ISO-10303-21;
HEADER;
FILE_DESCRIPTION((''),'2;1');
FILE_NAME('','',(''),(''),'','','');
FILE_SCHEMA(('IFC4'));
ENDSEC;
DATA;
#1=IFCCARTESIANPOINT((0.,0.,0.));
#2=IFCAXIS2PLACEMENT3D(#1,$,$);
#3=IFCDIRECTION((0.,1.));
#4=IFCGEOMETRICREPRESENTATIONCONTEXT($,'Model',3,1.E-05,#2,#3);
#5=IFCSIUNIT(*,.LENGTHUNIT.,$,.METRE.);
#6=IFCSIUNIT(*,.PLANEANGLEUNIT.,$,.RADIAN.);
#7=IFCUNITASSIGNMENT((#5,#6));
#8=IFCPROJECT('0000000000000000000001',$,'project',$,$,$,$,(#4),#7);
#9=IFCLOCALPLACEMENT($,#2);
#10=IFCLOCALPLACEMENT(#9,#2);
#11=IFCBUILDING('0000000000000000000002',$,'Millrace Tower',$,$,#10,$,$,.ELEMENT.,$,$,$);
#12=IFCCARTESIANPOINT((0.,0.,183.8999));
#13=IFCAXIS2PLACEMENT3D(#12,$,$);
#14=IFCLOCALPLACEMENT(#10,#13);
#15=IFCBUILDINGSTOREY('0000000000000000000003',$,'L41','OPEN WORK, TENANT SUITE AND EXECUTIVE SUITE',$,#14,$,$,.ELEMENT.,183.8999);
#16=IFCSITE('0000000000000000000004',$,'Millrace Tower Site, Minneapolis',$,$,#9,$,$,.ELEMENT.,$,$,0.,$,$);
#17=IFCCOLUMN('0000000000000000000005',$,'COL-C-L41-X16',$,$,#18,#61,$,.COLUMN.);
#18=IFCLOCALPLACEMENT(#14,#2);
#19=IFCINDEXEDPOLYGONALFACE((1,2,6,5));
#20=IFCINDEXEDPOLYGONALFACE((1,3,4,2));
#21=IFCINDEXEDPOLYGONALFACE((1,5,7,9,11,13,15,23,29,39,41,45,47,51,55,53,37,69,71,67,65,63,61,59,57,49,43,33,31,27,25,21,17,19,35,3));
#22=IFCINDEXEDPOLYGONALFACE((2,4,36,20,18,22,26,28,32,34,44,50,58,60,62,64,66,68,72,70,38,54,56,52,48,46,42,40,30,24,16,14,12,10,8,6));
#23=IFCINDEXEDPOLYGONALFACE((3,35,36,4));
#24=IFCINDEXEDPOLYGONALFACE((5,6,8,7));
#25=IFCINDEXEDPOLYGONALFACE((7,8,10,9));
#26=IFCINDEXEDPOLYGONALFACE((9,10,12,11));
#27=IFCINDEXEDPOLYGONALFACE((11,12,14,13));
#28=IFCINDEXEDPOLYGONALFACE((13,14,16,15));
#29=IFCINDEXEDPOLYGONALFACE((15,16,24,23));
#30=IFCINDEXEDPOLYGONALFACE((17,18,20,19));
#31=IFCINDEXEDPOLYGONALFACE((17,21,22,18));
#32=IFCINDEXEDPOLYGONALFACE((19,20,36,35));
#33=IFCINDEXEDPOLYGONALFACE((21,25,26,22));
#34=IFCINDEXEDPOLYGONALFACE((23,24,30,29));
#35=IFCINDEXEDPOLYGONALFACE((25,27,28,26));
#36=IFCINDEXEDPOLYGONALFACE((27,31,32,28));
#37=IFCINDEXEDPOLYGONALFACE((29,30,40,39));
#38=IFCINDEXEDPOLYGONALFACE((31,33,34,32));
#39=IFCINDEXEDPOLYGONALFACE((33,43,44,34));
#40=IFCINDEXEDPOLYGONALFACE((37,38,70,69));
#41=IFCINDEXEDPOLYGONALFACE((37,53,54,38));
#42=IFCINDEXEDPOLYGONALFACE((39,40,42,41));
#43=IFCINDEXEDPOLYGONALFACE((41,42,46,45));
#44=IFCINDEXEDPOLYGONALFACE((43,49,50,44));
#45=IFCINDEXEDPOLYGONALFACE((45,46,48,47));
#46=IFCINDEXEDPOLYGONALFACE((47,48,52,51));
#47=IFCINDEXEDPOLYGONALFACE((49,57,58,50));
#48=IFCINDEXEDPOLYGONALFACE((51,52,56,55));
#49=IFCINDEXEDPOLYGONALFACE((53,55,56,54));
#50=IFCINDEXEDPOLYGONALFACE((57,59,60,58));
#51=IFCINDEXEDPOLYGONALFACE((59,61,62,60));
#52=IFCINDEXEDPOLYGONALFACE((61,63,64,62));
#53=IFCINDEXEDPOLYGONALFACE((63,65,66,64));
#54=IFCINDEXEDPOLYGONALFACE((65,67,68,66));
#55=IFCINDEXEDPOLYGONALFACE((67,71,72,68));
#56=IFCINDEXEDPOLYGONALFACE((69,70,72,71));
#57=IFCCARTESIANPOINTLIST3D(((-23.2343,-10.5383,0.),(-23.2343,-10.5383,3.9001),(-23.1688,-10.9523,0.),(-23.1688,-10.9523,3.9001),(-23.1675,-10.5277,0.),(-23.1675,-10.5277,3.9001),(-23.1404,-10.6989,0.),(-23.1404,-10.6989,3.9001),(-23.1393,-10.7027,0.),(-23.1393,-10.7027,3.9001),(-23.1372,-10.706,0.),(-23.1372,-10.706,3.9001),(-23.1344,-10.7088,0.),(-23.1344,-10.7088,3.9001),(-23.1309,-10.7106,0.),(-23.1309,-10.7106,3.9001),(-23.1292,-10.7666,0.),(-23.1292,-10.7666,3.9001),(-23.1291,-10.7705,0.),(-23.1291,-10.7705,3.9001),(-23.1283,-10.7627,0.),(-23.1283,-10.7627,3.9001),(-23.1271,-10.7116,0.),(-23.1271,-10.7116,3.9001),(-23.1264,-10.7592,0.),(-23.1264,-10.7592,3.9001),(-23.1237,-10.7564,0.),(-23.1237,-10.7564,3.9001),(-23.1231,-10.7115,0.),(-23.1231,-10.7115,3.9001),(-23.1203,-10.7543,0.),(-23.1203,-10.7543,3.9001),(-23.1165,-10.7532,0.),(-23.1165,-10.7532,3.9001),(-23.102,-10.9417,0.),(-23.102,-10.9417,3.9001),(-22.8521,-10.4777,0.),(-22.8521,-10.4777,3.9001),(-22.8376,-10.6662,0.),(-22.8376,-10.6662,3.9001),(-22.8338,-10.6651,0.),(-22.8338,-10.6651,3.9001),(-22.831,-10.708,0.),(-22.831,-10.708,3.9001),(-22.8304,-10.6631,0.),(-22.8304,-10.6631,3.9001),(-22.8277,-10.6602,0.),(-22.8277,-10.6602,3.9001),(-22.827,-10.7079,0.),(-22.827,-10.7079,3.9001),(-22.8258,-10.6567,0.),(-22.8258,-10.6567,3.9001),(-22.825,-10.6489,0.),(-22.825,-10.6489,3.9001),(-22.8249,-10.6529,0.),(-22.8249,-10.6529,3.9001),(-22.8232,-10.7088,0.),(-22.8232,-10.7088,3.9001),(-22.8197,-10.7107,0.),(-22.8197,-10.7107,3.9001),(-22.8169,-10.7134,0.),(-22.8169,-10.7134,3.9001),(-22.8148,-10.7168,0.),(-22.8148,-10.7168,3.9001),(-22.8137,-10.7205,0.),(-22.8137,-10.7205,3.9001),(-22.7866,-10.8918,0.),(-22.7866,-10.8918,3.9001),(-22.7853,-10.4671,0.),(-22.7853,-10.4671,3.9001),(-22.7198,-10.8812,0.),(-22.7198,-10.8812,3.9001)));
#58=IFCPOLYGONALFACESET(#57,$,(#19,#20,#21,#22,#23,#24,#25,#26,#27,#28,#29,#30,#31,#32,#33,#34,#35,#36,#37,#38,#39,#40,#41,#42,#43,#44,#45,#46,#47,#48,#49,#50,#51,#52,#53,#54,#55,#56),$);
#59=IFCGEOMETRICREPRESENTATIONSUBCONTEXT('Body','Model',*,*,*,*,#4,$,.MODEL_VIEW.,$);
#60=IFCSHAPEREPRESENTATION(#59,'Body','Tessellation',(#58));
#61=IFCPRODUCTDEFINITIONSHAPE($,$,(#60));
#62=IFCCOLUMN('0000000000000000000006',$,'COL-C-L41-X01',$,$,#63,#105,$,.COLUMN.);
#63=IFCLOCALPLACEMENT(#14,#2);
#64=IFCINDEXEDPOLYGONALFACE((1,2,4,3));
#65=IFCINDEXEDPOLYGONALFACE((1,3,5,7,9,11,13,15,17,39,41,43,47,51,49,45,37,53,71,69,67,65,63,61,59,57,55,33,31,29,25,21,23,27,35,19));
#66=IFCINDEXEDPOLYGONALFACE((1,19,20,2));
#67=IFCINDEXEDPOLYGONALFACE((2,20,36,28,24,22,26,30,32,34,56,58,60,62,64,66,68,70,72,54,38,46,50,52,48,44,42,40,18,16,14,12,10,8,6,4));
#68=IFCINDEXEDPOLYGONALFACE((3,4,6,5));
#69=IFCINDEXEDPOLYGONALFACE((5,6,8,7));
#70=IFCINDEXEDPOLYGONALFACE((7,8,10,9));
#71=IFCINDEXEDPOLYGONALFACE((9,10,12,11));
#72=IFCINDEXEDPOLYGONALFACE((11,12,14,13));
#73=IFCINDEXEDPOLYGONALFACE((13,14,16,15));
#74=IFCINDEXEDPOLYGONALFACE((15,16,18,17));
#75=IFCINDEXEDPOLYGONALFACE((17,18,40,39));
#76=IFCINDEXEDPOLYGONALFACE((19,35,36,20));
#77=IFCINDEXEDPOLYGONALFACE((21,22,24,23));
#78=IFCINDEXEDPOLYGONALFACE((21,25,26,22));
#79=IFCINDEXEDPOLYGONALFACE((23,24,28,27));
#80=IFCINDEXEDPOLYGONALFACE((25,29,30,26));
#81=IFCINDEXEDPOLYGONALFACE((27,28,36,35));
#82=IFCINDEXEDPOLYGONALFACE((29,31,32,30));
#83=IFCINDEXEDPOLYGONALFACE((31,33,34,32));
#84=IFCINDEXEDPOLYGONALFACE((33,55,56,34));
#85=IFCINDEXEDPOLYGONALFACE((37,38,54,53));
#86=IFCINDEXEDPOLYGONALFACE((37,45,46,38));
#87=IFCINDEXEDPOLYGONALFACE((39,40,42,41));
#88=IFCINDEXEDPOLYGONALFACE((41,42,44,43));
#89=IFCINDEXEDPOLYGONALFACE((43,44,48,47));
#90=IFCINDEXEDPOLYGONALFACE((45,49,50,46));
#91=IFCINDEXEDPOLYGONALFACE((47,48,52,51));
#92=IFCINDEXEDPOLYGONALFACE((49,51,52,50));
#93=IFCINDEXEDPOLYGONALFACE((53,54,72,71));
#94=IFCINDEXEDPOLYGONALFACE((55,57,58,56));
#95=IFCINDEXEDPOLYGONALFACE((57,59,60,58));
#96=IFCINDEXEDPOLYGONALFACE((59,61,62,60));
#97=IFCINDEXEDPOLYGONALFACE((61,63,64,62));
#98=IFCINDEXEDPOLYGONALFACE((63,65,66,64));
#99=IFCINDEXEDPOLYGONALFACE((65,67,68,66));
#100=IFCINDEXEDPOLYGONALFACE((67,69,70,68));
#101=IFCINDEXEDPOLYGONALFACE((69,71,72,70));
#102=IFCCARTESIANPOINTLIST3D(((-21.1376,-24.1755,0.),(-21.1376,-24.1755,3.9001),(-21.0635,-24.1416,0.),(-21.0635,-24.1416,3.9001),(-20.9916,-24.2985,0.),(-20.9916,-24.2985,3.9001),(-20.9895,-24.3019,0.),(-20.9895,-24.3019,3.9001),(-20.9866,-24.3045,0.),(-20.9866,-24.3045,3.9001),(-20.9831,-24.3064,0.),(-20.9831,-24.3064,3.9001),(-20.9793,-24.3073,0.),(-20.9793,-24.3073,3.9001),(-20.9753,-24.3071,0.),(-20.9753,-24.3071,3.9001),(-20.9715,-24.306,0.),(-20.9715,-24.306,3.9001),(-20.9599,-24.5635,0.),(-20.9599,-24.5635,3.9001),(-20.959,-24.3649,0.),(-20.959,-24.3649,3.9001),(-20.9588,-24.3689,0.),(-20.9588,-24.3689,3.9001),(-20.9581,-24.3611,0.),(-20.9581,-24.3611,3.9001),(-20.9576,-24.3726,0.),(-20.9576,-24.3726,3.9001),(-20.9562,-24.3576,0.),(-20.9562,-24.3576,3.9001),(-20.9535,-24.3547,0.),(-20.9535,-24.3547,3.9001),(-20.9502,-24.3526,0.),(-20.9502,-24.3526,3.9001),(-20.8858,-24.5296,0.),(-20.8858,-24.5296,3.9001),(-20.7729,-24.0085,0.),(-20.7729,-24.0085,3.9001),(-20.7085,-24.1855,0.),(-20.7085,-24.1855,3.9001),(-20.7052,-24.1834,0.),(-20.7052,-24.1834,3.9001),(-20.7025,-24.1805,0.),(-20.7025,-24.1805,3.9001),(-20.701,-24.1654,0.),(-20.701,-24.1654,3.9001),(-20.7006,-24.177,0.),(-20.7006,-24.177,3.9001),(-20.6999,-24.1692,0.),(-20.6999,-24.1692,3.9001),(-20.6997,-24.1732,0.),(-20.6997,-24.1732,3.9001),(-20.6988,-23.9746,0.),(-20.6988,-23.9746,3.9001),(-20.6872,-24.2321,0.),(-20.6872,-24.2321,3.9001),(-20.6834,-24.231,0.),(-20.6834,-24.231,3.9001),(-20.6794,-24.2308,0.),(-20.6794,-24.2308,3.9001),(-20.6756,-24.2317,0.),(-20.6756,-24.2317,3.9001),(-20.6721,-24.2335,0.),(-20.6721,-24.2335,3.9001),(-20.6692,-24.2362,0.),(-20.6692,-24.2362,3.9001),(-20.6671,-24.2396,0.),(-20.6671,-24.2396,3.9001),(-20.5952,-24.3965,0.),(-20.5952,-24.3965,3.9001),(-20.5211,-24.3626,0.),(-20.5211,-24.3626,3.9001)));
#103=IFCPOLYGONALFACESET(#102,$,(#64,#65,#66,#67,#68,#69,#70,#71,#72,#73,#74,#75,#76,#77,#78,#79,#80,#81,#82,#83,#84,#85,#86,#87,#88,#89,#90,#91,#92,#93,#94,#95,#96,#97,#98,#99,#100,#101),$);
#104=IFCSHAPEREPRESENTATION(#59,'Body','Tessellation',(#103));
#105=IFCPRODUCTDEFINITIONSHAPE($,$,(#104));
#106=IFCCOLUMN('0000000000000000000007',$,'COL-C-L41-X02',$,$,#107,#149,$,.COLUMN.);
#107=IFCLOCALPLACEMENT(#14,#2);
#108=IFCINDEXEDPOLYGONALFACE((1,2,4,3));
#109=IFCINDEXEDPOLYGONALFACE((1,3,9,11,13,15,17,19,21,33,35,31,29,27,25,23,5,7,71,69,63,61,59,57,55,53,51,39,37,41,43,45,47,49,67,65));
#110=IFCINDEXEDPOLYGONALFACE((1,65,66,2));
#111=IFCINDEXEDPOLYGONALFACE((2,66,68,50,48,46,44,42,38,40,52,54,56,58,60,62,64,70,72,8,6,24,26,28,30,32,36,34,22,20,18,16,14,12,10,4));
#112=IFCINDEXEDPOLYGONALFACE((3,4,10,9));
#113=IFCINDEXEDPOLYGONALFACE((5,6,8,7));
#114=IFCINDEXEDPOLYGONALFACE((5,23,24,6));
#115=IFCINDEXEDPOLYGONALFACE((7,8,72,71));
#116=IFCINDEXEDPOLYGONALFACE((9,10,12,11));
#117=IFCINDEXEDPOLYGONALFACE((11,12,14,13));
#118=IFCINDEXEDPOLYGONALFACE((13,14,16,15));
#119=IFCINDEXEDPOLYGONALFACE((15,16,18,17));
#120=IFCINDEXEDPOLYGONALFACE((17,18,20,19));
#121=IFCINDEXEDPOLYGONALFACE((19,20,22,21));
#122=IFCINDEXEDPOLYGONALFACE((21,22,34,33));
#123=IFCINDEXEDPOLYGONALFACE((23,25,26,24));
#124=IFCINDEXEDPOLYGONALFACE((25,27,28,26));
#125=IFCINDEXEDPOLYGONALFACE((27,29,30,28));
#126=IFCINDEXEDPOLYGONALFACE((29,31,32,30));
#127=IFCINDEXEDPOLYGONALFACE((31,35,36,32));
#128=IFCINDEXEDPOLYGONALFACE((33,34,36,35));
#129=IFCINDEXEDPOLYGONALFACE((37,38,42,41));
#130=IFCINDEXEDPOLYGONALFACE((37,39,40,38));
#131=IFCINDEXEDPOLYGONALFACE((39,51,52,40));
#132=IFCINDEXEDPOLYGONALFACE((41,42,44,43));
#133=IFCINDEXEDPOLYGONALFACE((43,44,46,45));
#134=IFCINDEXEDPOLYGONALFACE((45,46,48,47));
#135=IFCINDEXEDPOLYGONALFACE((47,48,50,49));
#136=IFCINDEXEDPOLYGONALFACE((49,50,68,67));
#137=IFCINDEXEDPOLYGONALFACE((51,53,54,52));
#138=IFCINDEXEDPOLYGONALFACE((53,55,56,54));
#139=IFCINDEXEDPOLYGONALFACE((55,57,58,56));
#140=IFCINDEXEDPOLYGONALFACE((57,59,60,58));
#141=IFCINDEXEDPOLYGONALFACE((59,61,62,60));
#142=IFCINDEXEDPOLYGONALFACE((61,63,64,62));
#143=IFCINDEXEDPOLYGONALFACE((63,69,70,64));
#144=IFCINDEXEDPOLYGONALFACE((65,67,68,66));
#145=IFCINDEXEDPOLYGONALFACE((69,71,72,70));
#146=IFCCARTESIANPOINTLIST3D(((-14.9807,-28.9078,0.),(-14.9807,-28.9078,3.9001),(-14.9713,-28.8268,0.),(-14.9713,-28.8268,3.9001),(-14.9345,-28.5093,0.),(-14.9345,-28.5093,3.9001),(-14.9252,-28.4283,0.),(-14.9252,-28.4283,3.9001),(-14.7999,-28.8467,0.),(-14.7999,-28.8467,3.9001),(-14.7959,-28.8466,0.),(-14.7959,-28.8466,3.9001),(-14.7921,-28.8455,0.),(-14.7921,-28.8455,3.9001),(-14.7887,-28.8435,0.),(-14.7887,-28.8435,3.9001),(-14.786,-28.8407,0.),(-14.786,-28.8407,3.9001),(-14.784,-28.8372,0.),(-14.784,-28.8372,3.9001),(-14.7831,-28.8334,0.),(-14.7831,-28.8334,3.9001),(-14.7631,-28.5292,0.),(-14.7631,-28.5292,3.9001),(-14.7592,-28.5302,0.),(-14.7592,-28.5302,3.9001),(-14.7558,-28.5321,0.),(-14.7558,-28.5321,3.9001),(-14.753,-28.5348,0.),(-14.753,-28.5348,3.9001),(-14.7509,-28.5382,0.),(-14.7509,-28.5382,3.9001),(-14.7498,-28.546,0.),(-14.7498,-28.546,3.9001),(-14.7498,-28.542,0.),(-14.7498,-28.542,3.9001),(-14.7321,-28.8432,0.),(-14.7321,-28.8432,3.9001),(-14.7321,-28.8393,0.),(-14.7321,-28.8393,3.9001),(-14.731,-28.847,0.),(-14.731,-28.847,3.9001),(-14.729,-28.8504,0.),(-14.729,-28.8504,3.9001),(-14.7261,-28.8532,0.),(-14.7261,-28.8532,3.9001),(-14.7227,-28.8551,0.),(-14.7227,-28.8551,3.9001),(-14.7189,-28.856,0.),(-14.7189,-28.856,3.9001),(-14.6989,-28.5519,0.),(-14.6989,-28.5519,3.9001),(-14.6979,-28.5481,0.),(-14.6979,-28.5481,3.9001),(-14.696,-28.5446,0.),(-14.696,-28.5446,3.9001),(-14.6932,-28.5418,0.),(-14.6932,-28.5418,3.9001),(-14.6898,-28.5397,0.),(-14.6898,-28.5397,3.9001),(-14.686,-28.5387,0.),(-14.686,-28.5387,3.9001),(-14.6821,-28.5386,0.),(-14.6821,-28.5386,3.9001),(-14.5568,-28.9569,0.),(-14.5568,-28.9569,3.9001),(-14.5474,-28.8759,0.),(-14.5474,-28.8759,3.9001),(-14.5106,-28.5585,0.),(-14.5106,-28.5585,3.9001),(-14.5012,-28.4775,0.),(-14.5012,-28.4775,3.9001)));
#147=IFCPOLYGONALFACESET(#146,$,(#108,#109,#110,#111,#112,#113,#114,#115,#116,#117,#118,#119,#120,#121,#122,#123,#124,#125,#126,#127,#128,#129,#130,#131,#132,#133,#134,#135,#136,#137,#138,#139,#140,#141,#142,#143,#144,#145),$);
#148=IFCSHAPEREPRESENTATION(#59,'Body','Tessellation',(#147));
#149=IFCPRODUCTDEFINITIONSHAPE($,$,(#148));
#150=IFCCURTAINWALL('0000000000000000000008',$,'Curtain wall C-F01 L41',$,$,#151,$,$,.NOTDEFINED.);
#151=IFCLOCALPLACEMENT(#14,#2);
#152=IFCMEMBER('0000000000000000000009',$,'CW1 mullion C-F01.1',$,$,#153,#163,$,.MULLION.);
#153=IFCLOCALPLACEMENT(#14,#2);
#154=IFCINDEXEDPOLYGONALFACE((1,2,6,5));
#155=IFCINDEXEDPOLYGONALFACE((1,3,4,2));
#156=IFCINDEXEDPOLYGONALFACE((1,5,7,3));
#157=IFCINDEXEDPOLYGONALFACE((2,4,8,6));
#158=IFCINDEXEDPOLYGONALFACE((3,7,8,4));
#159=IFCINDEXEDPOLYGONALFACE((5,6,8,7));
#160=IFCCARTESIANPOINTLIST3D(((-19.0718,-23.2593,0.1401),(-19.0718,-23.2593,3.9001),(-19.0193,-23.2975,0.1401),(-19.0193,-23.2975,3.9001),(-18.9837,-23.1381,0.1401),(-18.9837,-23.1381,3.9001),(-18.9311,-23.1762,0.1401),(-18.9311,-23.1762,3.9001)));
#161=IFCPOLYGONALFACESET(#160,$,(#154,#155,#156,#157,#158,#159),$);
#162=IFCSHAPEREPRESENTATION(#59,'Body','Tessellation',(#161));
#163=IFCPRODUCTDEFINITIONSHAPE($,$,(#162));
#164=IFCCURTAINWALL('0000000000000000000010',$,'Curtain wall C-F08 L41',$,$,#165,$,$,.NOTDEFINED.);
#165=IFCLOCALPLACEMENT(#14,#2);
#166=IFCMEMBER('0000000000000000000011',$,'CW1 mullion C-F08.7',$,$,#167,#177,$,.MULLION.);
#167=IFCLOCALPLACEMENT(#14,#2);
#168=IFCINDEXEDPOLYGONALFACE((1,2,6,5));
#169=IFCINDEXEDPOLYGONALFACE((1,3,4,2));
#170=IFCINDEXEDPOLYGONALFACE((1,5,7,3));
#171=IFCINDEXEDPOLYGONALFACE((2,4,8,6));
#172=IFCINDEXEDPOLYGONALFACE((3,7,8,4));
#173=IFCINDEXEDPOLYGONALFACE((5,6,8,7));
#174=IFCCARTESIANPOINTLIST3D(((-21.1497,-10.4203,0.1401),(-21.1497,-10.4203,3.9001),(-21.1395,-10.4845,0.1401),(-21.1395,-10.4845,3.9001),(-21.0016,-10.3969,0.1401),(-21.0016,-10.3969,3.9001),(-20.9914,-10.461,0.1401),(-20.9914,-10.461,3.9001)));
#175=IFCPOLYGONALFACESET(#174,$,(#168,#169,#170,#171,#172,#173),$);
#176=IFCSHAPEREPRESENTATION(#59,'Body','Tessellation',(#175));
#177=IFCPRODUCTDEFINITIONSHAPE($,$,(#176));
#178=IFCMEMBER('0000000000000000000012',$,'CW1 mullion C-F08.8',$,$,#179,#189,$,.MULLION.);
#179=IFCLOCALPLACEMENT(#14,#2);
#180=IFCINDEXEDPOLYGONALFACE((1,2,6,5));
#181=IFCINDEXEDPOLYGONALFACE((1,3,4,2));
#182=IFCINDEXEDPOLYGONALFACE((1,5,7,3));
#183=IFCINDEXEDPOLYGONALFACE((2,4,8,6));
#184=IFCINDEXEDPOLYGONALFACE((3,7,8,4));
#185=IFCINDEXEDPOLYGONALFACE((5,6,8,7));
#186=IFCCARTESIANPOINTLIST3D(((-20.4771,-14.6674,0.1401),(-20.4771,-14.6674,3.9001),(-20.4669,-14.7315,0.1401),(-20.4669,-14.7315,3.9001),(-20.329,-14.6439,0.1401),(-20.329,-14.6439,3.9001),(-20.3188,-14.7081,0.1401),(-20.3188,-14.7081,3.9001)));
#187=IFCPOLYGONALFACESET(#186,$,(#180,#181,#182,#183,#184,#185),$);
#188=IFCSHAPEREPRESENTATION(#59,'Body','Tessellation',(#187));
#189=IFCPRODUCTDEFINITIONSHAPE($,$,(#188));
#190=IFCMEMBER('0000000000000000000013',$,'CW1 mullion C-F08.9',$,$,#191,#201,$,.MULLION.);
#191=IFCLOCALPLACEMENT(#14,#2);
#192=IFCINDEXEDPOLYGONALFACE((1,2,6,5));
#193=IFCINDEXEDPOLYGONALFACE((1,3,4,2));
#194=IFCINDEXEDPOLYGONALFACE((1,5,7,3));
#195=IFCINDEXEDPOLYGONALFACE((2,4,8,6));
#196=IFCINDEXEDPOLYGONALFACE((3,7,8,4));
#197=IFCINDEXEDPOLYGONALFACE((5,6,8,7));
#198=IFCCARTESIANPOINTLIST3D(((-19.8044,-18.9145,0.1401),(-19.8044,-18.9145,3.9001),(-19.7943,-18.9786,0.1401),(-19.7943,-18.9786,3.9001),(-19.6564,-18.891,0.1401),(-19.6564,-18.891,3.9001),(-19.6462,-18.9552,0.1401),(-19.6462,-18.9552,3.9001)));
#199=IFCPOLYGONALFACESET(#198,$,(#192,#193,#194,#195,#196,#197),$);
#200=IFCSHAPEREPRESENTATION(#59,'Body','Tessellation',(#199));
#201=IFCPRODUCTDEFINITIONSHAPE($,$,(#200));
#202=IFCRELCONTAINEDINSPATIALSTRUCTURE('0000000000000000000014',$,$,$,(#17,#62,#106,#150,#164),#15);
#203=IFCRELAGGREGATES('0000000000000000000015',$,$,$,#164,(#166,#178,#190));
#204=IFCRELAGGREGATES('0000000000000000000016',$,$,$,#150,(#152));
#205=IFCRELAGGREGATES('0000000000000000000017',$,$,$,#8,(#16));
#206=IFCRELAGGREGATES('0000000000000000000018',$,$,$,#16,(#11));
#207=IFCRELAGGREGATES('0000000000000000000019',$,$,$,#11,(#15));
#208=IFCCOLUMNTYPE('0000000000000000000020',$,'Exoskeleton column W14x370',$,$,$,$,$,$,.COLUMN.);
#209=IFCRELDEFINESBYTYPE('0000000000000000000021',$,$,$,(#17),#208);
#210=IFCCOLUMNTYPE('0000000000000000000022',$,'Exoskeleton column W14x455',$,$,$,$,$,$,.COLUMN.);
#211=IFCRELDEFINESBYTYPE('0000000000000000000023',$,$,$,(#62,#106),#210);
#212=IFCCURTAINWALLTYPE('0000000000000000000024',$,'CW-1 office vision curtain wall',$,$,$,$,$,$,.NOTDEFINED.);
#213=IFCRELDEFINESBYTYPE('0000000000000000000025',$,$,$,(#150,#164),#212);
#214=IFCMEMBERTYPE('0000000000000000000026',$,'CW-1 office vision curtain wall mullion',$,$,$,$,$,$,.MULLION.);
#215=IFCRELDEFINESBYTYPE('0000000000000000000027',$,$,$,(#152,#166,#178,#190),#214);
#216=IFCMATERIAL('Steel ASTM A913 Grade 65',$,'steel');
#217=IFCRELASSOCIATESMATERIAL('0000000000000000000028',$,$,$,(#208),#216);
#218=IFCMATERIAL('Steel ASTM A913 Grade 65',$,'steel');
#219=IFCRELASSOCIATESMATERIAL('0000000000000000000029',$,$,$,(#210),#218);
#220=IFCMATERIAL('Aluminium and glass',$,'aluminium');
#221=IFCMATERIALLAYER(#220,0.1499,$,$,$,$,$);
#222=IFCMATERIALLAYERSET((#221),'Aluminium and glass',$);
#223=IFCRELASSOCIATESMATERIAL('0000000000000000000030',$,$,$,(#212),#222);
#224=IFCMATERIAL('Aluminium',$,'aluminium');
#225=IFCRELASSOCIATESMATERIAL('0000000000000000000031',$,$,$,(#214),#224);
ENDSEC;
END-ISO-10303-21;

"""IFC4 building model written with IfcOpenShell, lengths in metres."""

from ifc_helpers import new_model, si_unit, direction, frame, origin, origin_2d, place, context, subcontext, project, spatial, rectangle, i_section, extrude, material, layer, layer_set, material_profile, profile_set, type_object, element, aggregate, save


model = new_model("IFC4")

# Units and contexts
model_context = context("Model", 3, precision=1e-05, world=origin(), true_north=direction((0.0, 1.0)))
body_context = subcontext(model_context, "Body", "Model", "MODEL_VIEW")
ifc_project = project(units=[si_unit("LENGTHUNIT", "METRE"), si_unit("PLANEANGLEUNIT", "RADIAN")], contexts=[model_context])

# Site, building, storey
site_placement = place(None, origin())
site = spatial("IfcSite", under=ifc_project, at=site_placement, Name="Millrace Tower Site, Minneapolis", CompositionType="ELEMENT", RefElevation=0.0)
building_placement = place(site_placement, origin())
building = spatial("IfcBuilding", under=site, at=building_placement, Name="Millrace Tower", CompositionType="ELEMENT")
storey_placement = place(building_placement, frame((0.0, 0.0, 183.8999)))
storey = spatial("IfcBuildingStorey", under=building, at=storey_placement, Name="L41", Description="OPEN WORK, TENANT SUITE AND EXECUTIVE SUITE", CompositionType="ELEMENT", Elevation=183.8999)

# Columns
ifc_material_1 = material(Name="Steel ASTM A913 Grade 65", Category="steel")
ifc_material_profile_1 = material_profile(ifc_material_1, i_section(OverallWidth=0.4192, OverallDepth=0.4546, WebThickness=0.0422, FlangeThickness=0.0676, FilletRadius=0.0151, at=origin_2d()))
ifc_profile_set_1 = profile_set([ifc_material_profile_1], Name="Steel ASTM A913 Grade 65")
column_type_1 = type_object("IfcColumnType", Name="Exoskeleton column W14x370", PredefinedType="COLUMN", material=ifc_profile_set_1)
column_placement = place(storey_placement, frame((-22.9771, -10.7097, 0.0), z_axis=(0.0, 0.0, 1.0), x_axis=(0.156434, -0.987688, 0.0)))
element("IfcColumn", 1, at=column_placement, inside=storey, type_object=column_type_1, Name="COL-C-L41-X16", PredefinedType="COLUMN", context=body_context, shape_type="SweptSolid", body=[
    extrude(i_section(OverallWidth=0.4192, OverallDepth=0.4546, WebThickness=0.0422, FlangeThickness=0.0676, FilletRadius=0.0151, at=origin_2d()), origin(), (0.0, 0.0, 1.0), 3.9001),
])
ifc_material_2 = material(Name="Steel ASTM A913 Grade 65", Category="steel")
ifc_material_profile_2 = material_profile(ifc_material_2, i_section(OverallWidth=0.4268, OverallDepth=0.4827, WebThickness=0.0513, FlangeThickness=0.0815, FilletRadius=0.0151, at=origin_2d()))
ifc_profile_set_2 = profile_set([ifc_material_profile_2], Name="Steel ASTM A913 Grade 65")
column_type_2 = type_object("IfcColumnType", Name="Exoskeleton column W14x455", PredefinedType="COLUMN", material=ifc_profile_set_2)
for number, where, z_axis, x_axis, name in (
    (2, (-20.8293, -24.269, 0.0), (0.0, 0.0, 1.0), (0.416401, -0.909181, 0.0), "COL-C-L41-X01"),
    (3, (-14.741, -28.6926, 0.0), (0.0, 0.0, 1.0), (0.993358, -0.115069, 0.0), "COL-C-L41-X02"),
):
    element("IfcColumn", number, at=place(storey_placement, frame(where, z_axis=z_axis, x_axis=x_axis)), inside=storey, type_object=column_type_2, Name=name, PredefinedType="COLUMN", context=body_context, shape_type="SweptSolid", body=[
        extrude(i_section(OverallWidth=0.4268, OverallDepth=0.4827, WebThickness=0.0513, FlangeThickness=0.0815, FilletRadius=0.0151, at=origin_2d()), origin(), (0.0, 0.0, 1.0), 3.9001),
    ])

# Curtain wall, member
ifc_material_3 = material(Name="Aluminium and glass", Category="aluminium")
ifc_layer_1 = layer(ifc_material_3, 0.1499)
ifc_layer_set_1 = layer_set([ifc_layer_1], Name="Aluminium and glass")
curtain_wall_type = type_object("IfcCurtainWallType", Name="CW-1 office vision curtain wall", PredefinedType="NOTDEFINED", material=ifc_layer_set_1)
placement = place(storey_placement, origin())
curtain_wall_1 = element("IfcCurtainWall", 4, at=placement, inside=storey, type_object=curtain_wall_type, Name="Curtain wall C-F01 L41", PredefinedType="NOTDEFINED")
ifc_material_4 = material(Name="Aluminium", Category="aluminium")
ifc_material_profile_3 = material_profile(ifc_material_4, rectangle(XDim=0.0649, YDim=0.1499, at=origin_2d()))
ifc_profile_set_3 = profile_set([ifc_material_profile_3], Name="Aluminium")
member_type_1 = type_object("IfcMemberType", Name="CW-1 office vision curtain wall mullion", PredefinedType="MULLION", material=ifc_profile_set_3)
member_1_placement = place(storey_placement, frame((-19.0015, -23.2178, 0.1401), z_axis=(0.0, 0.0, 1.0), x_axis=(0.809017, -0.587785, 0.0)))
member_1 = element("IfcMember", 5, at=member_1_placement, type_object=member_type_1, Name="CW1 mullion C-F01.1", PredefinedType="MULLION", context=body_context, shape_type="SweptSolid", body=[
    extrude(rectangle(XDim=0.0649, YDim=0.1499, at=origin_2d()), origin(), (0.0, 0.0, 1.0), 3.76),
])

# Curtain wall, members
curtain_wall_2 = element("IfcCurtainWall", 6, at=placement, inside=storey, type_object=curtain_wall_type, Name="Curtain wall C-F08 L41", PredefinedType="NOTDEFINED")
member_2_placement = place(storey_placement, frame((-21.0706, -10.4407, 0.1401), z_axis=(0.0, 0.0, 1.0), x_axis=(0.156434, -0.987688, 0.0)))
member_2 = element("IfcMember", 7, at=member_2_placement, type_object=member_type_1, Name="CW1 mullion C-F08.7", PredefinedType="MULLION", context=body_context, shape_type="SweptSolid", body=[
    extrude(rectangle(XDim=0.0649, YDim=0.1499, at=origin_2d()), origin(), (0.0, 0.0, 1.0), 3.76),
])
member_3_placement = place(storey_placement, frame((-20.3979, -14.6877, 0.1401), z_axis=(0.0, 0.0, 1.0), x_axis=(0.156434, -0.987688, 0.0)))
member_3 = element("IfcMember", 8, at=member_3_placement, type_object=member_type_1, Name="CW1 mullion C-F08.8", PredefinedType="MULLION", context=body_context, shape_type="SweptSolid", body=[
    extrude(rectangle(XDim=0.0649, YDim=0.1499, at=origin_2d()), origin(), (0.0, 0.0, 1.0), 3.76),
])
member_4_placement = place(storey_placement, frame((-19.7253, -18.9348, 0.1401), z_axis=(0.0, 0.0, 1.0), x_axis=(0.156434, -0.987688, 0.0)))
member_4 = element("IfcMember", 9, at=member_4_placement, type_object=member_type_1, Name="CW1 mullion C-F08.9", PredefinedType="MULLION", context=body_context, shape_type="SweptSolid", body=[
    extrude(rectangle(XDim=0.0649, YDim=0.1499, at=origin_2d()), origin(), (0.0, 0.0, 1.0), 3.76),
])
aggregate(curtain_wall_2, [member_2, member_3, member_4])

aggregate(curtain_wall_1, [member_1])

save(model, "model.ifc")
